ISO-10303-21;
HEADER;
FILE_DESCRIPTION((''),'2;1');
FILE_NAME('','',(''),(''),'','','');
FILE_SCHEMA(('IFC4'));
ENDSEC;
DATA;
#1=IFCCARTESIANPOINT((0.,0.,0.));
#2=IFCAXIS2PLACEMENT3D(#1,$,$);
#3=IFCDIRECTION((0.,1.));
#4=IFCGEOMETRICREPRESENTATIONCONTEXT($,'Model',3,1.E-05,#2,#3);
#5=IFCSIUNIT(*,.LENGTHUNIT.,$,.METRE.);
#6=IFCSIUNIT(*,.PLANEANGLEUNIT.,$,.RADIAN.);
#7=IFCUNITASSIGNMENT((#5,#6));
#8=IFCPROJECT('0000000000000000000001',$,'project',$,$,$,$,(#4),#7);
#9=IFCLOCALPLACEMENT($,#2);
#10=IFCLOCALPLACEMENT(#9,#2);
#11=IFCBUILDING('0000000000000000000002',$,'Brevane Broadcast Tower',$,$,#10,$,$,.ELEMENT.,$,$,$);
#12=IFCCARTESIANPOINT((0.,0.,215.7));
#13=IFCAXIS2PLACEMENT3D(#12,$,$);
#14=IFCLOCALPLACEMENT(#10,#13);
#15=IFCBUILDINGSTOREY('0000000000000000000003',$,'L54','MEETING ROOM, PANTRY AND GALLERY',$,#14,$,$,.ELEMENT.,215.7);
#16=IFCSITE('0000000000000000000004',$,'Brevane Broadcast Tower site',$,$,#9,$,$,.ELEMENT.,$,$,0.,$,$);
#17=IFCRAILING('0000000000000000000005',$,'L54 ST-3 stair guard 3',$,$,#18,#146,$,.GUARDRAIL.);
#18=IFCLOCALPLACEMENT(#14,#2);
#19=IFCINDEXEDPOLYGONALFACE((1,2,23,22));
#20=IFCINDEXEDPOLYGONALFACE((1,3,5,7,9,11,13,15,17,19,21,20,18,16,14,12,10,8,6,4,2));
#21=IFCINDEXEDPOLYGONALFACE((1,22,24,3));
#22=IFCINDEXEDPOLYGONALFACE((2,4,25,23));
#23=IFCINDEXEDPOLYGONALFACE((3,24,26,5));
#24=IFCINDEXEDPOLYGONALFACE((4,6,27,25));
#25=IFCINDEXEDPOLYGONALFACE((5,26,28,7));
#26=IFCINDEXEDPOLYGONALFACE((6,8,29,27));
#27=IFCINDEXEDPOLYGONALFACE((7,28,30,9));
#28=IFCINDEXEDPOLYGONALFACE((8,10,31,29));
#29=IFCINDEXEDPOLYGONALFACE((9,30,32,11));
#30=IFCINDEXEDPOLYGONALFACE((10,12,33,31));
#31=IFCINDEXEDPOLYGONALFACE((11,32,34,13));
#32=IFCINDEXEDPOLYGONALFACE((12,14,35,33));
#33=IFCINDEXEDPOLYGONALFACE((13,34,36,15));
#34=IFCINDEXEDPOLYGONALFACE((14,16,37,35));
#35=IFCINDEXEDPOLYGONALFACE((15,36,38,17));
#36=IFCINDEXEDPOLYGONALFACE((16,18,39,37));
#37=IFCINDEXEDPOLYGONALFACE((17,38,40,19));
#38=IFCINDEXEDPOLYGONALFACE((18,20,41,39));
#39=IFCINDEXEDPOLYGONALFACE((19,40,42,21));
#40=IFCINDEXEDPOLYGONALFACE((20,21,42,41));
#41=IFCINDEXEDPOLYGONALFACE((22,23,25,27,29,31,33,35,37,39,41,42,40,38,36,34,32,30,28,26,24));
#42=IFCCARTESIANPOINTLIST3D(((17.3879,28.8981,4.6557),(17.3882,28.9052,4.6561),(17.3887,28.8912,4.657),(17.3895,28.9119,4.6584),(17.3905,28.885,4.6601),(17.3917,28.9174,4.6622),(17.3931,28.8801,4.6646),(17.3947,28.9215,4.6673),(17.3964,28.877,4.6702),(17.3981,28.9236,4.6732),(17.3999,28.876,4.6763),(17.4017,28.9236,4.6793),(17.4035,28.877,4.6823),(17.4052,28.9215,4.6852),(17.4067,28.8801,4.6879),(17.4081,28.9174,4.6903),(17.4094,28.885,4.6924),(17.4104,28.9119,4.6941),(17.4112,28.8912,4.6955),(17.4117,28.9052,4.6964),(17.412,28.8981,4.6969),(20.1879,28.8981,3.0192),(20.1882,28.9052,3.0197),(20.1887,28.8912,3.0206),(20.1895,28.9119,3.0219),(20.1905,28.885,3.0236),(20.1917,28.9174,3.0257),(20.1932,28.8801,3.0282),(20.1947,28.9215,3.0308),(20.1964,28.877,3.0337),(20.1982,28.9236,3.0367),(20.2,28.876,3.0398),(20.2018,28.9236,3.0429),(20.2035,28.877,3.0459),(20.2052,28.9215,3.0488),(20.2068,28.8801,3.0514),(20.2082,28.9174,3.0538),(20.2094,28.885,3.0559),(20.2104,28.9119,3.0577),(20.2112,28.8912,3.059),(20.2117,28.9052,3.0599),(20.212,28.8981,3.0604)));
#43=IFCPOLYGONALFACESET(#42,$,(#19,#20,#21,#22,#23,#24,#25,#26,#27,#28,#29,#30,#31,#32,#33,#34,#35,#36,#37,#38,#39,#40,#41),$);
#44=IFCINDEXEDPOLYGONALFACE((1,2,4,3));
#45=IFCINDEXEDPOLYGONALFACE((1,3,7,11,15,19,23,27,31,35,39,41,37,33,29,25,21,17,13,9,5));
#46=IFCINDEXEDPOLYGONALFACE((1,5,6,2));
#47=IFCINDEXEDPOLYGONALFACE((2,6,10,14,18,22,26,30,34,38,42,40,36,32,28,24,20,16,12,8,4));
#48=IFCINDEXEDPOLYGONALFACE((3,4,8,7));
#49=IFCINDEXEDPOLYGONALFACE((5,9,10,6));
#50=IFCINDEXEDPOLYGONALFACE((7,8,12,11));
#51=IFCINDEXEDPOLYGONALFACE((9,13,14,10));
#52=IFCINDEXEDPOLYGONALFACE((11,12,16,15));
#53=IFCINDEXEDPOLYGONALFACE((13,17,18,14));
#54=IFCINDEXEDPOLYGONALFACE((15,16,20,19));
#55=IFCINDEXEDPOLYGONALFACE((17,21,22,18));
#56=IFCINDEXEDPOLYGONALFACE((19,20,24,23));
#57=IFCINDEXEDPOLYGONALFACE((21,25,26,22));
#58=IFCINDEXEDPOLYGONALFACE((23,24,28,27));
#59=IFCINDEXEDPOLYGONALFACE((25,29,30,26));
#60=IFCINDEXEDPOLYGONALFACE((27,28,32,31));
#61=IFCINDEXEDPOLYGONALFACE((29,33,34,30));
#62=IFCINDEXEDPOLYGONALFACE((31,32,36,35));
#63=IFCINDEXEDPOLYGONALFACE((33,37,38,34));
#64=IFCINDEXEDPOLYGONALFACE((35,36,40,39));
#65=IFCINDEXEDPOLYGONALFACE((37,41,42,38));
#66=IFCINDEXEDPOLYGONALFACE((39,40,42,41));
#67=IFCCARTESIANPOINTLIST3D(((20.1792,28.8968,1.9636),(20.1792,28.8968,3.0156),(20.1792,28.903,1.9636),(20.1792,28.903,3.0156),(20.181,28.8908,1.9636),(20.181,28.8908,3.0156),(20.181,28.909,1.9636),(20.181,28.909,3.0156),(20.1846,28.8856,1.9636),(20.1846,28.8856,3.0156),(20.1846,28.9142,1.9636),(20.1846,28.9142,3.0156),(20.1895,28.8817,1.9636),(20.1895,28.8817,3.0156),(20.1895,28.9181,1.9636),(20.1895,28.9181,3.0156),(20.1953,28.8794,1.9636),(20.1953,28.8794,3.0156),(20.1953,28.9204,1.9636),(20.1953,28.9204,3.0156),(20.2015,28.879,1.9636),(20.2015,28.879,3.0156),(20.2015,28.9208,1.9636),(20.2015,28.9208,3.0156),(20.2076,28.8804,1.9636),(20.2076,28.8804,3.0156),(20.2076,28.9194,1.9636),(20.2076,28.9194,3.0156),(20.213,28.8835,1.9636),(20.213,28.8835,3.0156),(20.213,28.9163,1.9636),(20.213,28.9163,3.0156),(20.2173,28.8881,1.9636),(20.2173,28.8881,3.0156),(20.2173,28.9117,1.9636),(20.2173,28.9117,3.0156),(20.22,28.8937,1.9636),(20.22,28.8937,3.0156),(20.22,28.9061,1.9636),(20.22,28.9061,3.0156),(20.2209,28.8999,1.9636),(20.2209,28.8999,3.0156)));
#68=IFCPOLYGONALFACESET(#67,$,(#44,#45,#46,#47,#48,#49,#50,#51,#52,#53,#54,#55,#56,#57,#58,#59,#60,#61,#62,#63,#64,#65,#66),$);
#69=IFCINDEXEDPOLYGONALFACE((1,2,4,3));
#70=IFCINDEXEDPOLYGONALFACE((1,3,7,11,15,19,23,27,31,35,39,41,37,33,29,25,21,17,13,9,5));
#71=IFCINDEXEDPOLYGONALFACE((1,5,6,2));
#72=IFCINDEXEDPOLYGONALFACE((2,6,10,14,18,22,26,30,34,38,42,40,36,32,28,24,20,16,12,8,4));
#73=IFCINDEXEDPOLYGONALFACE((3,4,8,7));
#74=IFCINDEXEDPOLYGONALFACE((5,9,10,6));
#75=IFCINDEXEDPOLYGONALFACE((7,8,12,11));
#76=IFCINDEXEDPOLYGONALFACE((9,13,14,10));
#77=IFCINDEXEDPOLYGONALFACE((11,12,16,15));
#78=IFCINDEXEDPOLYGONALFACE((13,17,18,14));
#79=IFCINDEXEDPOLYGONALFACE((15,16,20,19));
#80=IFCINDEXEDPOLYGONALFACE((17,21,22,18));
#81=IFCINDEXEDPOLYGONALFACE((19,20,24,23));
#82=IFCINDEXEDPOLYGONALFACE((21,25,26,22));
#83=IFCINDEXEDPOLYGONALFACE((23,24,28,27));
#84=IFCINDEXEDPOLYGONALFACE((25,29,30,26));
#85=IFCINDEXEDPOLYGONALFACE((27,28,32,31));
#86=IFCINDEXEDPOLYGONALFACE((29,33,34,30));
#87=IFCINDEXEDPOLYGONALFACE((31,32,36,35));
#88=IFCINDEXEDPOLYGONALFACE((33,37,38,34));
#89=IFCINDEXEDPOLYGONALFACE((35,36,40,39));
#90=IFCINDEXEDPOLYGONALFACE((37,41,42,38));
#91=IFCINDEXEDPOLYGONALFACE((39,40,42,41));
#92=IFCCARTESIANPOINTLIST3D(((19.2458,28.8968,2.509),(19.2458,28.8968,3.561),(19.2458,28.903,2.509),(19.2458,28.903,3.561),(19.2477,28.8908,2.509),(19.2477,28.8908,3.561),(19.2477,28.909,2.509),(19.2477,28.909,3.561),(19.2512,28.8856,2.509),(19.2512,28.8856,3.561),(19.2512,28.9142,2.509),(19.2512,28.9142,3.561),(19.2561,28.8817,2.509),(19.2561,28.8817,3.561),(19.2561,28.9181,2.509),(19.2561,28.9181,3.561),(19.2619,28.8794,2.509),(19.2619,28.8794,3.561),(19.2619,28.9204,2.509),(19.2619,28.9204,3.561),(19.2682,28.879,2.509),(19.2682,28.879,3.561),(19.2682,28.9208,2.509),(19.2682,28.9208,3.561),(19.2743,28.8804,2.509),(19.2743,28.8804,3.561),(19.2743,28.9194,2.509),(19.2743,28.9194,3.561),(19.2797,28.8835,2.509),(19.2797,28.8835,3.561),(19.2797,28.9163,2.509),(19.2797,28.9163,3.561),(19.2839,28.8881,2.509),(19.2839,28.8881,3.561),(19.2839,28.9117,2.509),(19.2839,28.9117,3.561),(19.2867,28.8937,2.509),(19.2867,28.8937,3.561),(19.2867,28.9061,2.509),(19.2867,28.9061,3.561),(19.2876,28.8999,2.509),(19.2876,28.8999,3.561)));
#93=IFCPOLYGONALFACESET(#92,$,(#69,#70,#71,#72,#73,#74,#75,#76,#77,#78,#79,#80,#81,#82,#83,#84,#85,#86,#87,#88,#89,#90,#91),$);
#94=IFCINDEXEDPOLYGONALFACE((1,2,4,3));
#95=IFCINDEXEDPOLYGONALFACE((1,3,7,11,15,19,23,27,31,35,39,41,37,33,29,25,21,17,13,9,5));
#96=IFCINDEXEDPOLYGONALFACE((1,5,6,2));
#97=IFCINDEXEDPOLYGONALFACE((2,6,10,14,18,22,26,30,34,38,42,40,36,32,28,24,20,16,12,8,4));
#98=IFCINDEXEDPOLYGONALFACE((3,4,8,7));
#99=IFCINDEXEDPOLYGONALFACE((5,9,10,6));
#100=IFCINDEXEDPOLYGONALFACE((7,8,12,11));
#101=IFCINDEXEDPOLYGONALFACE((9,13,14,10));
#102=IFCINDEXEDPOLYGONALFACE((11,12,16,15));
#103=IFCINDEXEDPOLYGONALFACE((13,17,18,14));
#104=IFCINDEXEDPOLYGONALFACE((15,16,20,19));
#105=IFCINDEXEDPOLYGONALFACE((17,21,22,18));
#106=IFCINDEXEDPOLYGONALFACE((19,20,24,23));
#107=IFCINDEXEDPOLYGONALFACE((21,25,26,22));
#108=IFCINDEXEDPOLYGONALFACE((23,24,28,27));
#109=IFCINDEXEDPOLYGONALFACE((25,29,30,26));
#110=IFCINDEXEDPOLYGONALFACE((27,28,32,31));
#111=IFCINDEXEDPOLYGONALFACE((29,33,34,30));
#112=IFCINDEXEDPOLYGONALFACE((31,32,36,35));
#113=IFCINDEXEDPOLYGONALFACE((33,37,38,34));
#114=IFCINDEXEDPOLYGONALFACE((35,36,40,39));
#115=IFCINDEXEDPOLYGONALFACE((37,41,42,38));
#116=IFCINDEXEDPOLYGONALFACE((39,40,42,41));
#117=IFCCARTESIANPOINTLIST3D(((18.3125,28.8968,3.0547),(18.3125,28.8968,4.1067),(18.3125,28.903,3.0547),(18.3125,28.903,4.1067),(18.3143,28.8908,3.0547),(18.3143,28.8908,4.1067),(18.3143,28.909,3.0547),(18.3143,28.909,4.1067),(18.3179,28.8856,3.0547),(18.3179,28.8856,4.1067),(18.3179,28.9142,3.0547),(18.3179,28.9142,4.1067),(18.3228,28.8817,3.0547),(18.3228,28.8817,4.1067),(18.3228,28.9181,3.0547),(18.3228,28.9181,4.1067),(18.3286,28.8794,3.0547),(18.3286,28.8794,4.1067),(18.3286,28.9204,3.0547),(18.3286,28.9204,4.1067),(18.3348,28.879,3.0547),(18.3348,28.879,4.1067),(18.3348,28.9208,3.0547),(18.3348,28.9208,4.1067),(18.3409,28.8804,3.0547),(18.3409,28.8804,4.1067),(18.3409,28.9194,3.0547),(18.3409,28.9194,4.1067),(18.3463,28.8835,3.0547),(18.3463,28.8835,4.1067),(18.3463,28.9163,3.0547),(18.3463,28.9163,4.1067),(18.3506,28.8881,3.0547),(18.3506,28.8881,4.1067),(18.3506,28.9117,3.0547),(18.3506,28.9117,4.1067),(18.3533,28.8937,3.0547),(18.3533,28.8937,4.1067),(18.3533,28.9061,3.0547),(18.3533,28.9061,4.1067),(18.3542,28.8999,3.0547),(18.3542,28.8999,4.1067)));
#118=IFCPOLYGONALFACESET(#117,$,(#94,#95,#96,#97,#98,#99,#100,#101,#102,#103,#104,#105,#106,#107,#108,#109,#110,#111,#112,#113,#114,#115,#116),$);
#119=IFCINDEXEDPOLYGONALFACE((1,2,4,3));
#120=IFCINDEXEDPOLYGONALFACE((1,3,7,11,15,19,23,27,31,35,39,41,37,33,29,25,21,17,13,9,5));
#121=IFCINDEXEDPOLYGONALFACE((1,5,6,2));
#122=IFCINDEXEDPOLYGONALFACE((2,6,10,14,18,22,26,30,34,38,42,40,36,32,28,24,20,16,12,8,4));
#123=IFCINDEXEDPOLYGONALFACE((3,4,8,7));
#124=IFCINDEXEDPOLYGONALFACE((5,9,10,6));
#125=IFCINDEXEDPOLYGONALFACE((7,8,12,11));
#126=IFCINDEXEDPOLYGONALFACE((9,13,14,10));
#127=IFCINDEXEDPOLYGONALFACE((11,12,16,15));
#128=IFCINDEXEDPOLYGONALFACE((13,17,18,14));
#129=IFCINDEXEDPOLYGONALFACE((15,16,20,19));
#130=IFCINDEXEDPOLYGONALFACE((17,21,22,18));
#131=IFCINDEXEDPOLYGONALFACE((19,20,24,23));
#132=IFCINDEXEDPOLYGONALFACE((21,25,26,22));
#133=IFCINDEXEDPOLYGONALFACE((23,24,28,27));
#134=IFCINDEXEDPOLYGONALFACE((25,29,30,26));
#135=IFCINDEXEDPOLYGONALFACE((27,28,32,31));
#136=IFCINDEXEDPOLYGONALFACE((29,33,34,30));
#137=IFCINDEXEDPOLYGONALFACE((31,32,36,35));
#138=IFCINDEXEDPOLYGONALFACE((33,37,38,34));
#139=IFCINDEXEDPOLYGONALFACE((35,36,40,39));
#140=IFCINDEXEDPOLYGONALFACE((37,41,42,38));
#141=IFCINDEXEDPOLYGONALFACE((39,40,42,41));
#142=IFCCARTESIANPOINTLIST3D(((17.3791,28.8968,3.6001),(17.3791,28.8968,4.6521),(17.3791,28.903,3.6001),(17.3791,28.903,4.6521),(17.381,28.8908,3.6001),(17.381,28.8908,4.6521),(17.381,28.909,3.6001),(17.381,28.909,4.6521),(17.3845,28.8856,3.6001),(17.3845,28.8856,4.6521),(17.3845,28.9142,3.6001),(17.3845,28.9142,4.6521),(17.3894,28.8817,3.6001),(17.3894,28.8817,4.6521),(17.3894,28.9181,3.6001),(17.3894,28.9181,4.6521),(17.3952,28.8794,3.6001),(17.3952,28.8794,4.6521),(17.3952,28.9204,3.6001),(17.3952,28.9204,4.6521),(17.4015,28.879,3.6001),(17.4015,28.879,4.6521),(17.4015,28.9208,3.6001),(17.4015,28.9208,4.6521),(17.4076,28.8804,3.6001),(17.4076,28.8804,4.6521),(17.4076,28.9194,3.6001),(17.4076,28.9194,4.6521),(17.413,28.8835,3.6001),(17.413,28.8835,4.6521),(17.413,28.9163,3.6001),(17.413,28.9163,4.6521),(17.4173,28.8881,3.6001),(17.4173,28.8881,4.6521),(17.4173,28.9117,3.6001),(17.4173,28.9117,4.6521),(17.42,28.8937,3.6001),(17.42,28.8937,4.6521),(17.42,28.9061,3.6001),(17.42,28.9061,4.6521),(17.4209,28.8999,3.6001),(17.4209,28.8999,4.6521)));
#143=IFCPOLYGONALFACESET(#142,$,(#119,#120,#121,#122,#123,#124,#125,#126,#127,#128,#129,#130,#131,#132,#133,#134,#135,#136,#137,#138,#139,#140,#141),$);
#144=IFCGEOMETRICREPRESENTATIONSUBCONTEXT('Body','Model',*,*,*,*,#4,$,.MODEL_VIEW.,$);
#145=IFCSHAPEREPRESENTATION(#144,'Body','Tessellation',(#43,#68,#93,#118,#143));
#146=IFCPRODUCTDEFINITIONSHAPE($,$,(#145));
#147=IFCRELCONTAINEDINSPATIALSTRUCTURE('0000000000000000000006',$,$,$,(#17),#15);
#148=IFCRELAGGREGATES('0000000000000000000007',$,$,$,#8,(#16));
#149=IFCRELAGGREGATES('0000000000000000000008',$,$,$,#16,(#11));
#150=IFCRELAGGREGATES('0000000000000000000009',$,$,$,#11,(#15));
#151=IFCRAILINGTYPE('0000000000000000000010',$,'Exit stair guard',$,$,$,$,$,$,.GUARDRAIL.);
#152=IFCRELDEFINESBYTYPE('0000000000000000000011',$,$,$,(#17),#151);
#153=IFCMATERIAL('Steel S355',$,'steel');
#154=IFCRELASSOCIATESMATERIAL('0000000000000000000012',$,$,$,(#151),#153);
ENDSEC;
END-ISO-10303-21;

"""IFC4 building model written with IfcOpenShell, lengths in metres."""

from ifc_helpers import new_model, si_unit, direction, frame, origin, origin_2d, place, context, subcontext, project, spatial, circle, extrude, material, type_object, element, save


model = new_model("IFC4")

# Units and contexts
model_context = context("Model", 3, precision=1e-05, world=origin(), true_north=direction((0.0, 1.0)))
body_context = subcontext(model_context, "Body", "Model", "MODEL_VIEW")
ifc_project = project(units=[si_unit("LENGTHUNIT", "METRE"), si_unit("PLANEANGLEUNIT", "RADIAN")], contexts=[model_context])

# Site, building, storey
site_placement = place(None, origin())
site = spatial("IfcSite", under=ifc_project, at=site_placement, Name="Brevane Broadcast Tower site", CompositionType="ELEMENT", RefElevation=0.0)
building_placement = place(site_placement, origin())
building = spatial("IfcBuilding", under=site, at=building_placement, Name="Brevane Broadcast Tower", CompositionType="ELEMENT")
storey_placement = place(building_placement, frame((0.0, 0.0, 215.7)))
storey = spatial("IfcBuildingStorey", under=building, at=storey_placement, Name="L54", Description="MEETING ROOM, PANTRY AND GALLERY", CompositionType="ELEMENT", Elevation=215.7)

# Railing
ifc_material_1 = material(Name="Steel S355", Category="steel")
railing_type_1 = type_object("IfcRailingType", Name="Exit stair guard", PredefinedType="GUARDRAIL", material=ifc_material_1)
railing_1_placement = place(storey_placement, frame((20.2, 28.8999, 1.9636)))
element("IfcRailing", 1, at=railing_1_placement, inside=storey, type_object=railing_type_1, Name="L54 ST-3 stair guard 3", PredefinedType="GUARDRAIL", context=body_context, shape_type="SweptSolid", body=[
    extrude(circle(Radius=0.0239, at=origin_2d()), frame((0.0, 0.0, 1.0762), z_axis=(-0.863361, 0.0, 0.504587), x_axis=(0.0, -1.0, 0.0)), (0.0, 0.0, 1.0), 3.2432),
    extrude(circle(Radius=0.021, at=origin_2d()), origin(), (0.0, 0.0, 1.0), 1.052),
    extrude(circle(Radius=0.021, at=origin_2d()), frame((-0.9333, 0.0, 0.5454)), (0.0, 0.0, 1.0), 1.052),
    extrude(circle(Radius=0.021, at=origin_2d()), frame((-1.8667, 0.0, 1.0911)), (0.0, 0.0, 1.0), 1.052),
    extrude(circle(Radius=0.021, at=origin_2d()), frame((-2.8, 0.0, 1.6365)), (0.0, 0.0, 1.0), 1.052),
])

save(model, "model.ifc")
